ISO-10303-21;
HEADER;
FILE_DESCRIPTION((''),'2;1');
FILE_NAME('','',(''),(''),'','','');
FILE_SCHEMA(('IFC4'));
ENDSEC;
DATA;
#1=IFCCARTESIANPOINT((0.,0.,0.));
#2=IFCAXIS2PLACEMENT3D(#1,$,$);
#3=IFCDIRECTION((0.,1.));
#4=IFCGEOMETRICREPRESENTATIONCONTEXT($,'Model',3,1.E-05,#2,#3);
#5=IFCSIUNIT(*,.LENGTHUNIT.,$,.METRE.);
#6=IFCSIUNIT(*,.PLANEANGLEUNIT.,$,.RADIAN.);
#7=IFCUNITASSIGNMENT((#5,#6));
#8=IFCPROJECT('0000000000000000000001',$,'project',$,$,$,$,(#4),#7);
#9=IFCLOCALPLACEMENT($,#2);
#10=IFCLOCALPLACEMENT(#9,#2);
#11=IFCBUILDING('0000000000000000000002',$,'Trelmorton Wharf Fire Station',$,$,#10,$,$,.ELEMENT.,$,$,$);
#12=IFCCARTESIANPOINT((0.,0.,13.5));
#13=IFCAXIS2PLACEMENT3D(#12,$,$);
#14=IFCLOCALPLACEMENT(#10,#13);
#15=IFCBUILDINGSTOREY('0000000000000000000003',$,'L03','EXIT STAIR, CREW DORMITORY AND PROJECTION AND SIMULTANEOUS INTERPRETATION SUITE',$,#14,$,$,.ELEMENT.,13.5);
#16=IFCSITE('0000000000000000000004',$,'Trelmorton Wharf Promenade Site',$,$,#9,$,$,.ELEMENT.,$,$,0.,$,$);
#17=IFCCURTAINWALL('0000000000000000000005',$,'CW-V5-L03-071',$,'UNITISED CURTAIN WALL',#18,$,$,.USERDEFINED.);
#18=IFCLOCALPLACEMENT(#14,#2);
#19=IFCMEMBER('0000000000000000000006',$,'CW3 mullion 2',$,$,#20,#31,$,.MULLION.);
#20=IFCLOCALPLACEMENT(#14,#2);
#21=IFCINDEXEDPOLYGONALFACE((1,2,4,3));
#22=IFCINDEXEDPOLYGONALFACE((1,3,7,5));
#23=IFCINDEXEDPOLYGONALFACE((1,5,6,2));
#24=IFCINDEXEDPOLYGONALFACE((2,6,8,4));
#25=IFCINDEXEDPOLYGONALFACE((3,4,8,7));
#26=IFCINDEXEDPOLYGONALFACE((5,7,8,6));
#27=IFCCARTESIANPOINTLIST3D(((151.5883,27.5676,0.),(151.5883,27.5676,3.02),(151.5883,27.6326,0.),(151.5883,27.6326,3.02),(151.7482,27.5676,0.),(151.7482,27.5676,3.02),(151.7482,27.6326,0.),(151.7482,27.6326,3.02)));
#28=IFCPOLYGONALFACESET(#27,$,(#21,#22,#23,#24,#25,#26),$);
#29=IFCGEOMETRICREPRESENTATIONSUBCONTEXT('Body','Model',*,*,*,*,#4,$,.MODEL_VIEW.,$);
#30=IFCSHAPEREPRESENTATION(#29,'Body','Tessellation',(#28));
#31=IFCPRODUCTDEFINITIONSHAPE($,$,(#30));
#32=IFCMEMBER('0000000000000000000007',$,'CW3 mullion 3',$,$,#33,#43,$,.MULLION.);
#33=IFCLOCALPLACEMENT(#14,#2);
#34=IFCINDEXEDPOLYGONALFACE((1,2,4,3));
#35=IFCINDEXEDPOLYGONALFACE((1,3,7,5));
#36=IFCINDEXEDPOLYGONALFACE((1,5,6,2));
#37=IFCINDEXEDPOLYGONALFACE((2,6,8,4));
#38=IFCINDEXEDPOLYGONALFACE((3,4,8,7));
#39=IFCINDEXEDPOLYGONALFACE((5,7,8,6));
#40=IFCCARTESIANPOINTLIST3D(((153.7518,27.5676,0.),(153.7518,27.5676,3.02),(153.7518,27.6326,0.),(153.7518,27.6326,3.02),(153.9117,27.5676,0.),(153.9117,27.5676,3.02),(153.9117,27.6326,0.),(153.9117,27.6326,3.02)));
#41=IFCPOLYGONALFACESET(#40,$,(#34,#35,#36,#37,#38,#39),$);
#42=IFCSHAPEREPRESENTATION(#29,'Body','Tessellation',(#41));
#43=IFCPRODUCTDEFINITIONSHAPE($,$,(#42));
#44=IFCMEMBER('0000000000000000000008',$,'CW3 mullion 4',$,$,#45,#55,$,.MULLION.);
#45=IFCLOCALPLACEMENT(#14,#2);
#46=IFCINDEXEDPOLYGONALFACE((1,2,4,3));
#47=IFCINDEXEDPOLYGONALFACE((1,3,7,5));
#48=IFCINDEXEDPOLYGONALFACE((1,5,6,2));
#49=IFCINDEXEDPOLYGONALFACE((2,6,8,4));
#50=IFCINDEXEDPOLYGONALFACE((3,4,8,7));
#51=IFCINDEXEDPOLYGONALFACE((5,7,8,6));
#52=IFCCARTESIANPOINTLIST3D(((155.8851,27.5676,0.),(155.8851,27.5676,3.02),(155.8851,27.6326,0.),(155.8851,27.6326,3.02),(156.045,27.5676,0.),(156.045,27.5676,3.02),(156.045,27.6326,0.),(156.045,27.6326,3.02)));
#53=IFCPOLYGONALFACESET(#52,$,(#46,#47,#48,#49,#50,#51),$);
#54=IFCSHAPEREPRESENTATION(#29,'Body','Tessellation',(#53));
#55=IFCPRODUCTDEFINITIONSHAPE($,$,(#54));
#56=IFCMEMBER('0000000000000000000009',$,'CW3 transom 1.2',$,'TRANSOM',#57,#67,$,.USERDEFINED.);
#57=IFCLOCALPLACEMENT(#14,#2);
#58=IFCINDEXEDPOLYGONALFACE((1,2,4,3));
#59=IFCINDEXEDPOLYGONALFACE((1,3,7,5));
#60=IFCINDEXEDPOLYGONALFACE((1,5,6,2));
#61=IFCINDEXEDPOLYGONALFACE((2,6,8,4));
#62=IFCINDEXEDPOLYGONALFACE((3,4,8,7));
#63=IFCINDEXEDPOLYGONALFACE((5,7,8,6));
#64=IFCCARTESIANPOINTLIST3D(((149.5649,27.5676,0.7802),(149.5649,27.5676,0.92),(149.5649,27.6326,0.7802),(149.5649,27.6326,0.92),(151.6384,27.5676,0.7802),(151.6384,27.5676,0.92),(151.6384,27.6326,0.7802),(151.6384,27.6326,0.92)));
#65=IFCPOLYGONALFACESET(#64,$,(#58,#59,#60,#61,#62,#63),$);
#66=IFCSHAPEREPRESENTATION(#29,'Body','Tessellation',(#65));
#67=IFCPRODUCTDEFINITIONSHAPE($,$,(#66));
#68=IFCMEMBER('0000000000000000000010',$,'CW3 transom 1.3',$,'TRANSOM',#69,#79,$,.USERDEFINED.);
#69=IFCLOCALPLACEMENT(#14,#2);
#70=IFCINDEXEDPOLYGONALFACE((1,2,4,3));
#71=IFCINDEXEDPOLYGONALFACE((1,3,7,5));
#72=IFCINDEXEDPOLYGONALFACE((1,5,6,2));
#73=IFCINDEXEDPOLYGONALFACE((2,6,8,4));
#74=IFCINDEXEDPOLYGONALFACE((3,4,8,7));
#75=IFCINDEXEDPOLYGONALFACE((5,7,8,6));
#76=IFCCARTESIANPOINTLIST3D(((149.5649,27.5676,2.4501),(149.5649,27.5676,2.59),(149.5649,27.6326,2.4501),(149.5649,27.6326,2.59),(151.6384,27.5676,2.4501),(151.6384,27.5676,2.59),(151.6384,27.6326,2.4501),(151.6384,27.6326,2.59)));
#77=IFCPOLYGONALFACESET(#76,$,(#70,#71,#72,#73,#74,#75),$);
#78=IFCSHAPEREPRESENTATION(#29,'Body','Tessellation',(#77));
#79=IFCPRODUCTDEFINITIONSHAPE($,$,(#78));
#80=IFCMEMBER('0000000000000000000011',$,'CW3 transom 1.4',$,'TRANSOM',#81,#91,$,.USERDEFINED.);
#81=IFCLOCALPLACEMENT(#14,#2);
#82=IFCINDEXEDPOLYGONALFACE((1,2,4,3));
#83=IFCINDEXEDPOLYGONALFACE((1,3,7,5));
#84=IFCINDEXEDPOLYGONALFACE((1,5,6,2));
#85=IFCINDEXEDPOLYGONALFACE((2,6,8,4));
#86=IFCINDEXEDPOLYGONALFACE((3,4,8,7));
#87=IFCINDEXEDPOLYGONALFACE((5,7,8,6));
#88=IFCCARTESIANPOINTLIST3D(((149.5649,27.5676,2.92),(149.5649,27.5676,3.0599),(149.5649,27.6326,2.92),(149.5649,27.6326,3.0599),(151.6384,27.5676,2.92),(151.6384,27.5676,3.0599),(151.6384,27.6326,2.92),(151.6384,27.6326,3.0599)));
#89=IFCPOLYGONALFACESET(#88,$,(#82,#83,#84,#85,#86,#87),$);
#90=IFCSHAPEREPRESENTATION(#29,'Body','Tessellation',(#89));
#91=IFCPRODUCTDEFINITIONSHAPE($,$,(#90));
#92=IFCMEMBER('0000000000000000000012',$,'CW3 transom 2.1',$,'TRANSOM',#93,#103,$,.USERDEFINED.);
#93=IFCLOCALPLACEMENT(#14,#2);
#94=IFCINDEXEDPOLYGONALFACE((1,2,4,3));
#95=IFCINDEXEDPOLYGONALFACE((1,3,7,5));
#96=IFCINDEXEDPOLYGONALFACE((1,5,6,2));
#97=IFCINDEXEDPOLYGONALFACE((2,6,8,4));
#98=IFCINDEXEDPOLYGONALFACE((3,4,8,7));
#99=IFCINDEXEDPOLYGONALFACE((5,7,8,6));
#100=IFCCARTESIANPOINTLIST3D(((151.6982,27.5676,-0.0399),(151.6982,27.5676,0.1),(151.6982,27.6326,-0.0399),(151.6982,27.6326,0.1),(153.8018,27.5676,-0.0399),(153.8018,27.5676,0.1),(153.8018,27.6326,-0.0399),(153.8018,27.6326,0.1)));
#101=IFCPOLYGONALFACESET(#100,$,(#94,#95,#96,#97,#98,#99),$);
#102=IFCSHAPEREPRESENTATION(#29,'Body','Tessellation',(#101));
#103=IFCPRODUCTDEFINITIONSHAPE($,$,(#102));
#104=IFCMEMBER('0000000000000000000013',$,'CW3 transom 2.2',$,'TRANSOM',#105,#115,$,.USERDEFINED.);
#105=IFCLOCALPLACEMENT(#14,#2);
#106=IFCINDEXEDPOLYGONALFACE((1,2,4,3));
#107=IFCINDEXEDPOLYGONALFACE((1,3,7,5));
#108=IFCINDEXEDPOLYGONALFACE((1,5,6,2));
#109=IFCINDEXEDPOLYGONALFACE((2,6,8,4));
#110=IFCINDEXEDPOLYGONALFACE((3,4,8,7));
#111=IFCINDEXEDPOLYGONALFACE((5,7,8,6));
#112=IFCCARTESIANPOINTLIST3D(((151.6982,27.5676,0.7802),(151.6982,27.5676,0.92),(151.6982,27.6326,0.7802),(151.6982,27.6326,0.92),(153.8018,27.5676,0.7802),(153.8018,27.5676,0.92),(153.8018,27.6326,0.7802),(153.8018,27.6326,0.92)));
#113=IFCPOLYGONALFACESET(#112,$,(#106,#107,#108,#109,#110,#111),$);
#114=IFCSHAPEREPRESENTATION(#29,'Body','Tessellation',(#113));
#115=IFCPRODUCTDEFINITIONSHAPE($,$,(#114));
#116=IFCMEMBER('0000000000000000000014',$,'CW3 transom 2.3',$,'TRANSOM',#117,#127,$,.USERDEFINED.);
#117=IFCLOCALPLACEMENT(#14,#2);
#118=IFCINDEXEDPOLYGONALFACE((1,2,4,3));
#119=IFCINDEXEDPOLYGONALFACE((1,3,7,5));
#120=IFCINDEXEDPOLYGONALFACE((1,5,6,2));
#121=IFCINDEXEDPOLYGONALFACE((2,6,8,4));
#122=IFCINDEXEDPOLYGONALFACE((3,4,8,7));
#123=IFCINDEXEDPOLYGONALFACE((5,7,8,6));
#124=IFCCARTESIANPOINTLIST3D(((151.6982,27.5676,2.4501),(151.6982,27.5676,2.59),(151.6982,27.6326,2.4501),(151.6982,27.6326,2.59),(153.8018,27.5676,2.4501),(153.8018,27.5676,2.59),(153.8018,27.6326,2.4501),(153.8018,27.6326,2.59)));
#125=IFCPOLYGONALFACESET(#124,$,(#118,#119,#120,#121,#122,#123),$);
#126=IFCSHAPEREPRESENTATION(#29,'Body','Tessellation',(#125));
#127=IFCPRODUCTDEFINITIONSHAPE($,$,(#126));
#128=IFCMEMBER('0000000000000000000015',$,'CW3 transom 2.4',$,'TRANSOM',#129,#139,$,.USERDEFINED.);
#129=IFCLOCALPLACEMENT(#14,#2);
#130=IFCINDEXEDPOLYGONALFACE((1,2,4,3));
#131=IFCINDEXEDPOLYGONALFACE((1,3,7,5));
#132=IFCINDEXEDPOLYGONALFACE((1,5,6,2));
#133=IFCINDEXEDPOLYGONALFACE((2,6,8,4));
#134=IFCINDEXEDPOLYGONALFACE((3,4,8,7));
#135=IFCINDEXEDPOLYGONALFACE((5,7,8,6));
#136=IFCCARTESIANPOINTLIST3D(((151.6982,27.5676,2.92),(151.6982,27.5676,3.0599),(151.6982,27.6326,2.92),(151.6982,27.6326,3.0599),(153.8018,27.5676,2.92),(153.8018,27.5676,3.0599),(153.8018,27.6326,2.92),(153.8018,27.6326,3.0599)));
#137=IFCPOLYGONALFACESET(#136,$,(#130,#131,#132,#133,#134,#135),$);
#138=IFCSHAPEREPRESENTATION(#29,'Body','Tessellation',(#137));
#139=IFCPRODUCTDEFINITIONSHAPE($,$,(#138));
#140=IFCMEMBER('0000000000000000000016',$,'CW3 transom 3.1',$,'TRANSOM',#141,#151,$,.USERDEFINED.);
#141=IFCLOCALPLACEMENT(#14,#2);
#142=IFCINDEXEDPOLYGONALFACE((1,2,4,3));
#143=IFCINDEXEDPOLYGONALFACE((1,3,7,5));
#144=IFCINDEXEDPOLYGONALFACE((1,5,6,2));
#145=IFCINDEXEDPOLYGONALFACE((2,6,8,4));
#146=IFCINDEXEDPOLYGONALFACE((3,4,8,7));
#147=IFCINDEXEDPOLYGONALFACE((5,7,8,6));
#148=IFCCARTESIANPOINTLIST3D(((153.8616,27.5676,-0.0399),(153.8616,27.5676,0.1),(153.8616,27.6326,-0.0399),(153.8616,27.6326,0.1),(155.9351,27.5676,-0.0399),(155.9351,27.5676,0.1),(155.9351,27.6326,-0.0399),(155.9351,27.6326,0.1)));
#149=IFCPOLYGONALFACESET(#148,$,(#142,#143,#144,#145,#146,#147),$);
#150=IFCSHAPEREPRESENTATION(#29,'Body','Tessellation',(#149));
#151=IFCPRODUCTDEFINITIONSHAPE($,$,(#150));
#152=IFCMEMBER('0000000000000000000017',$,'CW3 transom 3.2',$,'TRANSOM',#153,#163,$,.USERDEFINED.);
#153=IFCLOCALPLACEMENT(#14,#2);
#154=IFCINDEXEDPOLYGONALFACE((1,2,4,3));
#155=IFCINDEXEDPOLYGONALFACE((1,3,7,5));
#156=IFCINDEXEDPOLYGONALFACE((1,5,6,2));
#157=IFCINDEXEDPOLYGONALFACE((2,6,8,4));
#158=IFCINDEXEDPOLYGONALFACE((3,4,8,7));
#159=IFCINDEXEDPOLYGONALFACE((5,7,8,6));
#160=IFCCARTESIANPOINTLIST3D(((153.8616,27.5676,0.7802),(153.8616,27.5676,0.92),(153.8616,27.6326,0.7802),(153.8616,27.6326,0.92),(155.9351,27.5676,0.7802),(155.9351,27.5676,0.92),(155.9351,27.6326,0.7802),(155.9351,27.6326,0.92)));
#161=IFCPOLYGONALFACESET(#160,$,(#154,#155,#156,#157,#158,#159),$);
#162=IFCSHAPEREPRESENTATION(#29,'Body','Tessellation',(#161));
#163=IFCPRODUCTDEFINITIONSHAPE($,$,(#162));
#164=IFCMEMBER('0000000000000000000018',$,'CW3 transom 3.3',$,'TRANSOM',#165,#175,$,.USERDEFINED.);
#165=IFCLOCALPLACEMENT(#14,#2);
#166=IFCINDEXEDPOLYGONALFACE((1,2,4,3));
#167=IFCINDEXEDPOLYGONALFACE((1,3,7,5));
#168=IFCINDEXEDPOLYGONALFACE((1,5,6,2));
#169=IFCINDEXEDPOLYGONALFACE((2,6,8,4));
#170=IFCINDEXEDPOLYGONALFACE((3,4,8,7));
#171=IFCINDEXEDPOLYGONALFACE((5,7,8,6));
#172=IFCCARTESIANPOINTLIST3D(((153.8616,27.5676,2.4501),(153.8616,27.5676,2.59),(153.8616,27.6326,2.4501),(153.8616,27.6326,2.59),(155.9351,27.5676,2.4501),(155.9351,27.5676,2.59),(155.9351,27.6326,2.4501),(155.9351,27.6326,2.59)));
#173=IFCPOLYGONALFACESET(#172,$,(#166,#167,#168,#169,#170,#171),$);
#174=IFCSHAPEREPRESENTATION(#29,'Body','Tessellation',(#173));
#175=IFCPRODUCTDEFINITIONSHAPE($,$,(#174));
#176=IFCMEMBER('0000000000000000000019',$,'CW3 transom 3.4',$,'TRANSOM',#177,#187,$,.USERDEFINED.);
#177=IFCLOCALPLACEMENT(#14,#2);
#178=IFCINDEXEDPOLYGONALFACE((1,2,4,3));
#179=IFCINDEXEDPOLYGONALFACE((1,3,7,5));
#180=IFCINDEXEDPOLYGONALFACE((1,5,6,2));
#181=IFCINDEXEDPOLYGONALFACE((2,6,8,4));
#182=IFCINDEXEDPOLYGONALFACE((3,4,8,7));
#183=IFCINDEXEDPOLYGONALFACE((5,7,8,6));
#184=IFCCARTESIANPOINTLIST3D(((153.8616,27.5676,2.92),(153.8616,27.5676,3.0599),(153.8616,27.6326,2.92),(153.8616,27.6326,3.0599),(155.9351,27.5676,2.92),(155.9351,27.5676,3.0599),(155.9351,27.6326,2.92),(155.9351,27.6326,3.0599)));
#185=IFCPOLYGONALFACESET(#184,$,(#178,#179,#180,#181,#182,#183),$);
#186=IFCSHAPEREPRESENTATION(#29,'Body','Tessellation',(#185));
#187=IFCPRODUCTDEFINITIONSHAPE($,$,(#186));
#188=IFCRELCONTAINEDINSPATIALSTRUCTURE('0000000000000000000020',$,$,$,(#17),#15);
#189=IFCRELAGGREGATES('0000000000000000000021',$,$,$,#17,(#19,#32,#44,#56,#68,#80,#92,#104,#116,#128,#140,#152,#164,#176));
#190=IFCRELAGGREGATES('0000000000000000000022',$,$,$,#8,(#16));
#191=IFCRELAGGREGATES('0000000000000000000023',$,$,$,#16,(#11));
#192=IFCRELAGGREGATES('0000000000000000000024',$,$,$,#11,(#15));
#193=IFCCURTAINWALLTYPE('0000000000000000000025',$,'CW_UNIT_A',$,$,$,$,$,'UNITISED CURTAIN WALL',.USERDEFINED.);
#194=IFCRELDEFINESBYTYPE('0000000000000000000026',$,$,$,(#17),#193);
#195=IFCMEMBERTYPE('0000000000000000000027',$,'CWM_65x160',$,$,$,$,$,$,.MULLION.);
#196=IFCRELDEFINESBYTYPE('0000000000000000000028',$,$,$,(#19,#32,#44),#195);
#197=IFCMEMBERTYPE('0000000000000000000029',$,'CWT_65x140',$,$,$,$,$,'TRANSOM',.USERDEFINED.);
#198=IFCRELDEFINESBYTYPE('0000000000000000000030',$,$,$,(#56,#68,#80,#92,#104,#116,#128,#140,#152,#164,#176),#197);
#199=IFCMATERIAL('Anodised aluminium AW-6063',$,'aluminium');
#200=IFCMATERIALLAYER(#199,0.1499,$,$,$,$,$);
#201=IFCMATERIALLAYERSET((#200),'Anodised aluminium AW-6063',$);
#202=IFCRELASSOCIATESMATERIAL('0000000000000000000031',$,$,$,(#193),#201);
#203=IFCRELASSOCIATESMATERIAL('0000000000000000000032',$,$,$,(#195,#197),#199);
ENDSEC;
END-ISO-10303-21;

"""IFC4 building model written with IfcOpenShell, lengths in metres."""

from ifc_helpers import new_model, si_unit, direction, frame, origin, origin_2d, place, context, subcontext, project, spatial, rectangle, extrude, material, layer, layer_set, material_profile, profile_set, type_object, element, aggregate, save


model = new_model("IFC4")

# Units and contexts
model_context = context("Model", 3, precision=1e-05, world=origin(), true_north=direction((0.0, 1.0)))
body_context = subcontext(model_context, "Body", "Model", "MODEL_VIEW")
ifc_project = project(units=[si_unit("LENGTHUNIT", "METRE"), si_unit("PLANEANGLEUNIT", "RADIAN")], contexts=[model_context])

# Site, building, storey
site_placement = place(None, origin())
site = spatial("IfcSite", under=ifc_project, at=site_placement, Name="Trelmorton Wharf Promenade Site", CompositionType="ELEMENT", RefElevation=0.0)
building_placement = place(site_placement, origin())
building = spatial("IfcBuilding", under=site, at=building_placement, Name="Trelmorton Wharf Fire Station", CompositionType="ELEMENT")
storey_placement = place(building_placement, frame((0.0, 0.0, 13.5)))
storey = spatial("IfcBuildingStorey", under=building, at=storey_placement, Name="L03", Description="EXIT STAIR, CREW DORMITORY AND PROJECTION AND SIMULTANEOUS INTERPRETATION SUITE", CompositionType="ELEMENT", Elevation=13.5)

# Curtain wall, members
ifc_material_1 = material(Name="Anodised aluminium AW-6063", Category="aluminium")
ifc_layer_1 = layer(ifc_material_1, 0.1499)
ifc_layer_set_1 = layer_set([ifc_layer_1], Name="Anodised aluminium AW-6063")
curtain_wall_type = type_object("IfcCurtainWallType", Name="CW_UNIT_A", ElementType="UNITISED CURTAIN WALL", PredefinedType="USERDEFINED", material=ifc_layer_set_1)
curtain_wall_placement = place(storey_placement, origin())
curtain_wall = element("IfcCurtainWall", 1, at=curtain_wall_placement, inside=storey, type_object=curtain_wall_type, Name="CW-V5-L03-071", ObjectType="UNITISED CURTAIN WALL", PredefinedType="USERDEFINED")
ifc_material_profile_1 = material_profile(ifc_material_1, rectangle(XDim=0.0649, YDim=0.1599, at=origin_2d()), Name="ALU-65x160")
ifc_profile_set_1 = profile_set([ifc_material_profile_1], Name="Anodised aluminium AW-6063")
member_type_1 = type_object("IfcMemberType", Name="CWM_65x160", PredefinedType="MULLION", material=ifc_profile_set_1)
member_1_placement = place(storey_placement, frame((151.6682, 27.6001, 0.0), z_axis=(0.0, 0.0, 1.0), x_axis=(0.0, 1.0, 0.0)))
member_1 = element("IfcMember", 2, at=member_1_placement, type_object=member_type_1, Name="CW3 mullion 2", PredefinedType="MULLION", context=body_context, shape_type="SweptSolid", body=[
    extrude(rectangle(XDim=0.0649, YDim=0.1599, at=origin_2d()), origin(), (0.0, 0.0, 1.0), 3.02),
])
member_2_placement = place(storey_placement, frame((153.8318, 27.6001, 0.0), z_axis=(0.0, 0.0, 1.0), x_axis=(0.0, 1.0, 0.0)))
member_2 = element("IfcMember", 3, at=member_2_placement, type_object=member_type_1, Name="CW3 mullion 3", PredefinedType="MULLION", context=body_context, shape_type="SweptSolid", body=[
    extrude(rectangle(XDim=0.0649, YDim=0.1599, at=origin_2d()), origin(), (0.0, 0.0, 1.0), 3.02),
])
member_3_placement = place(storey_placement, frame((155.9651, 27.6001, 0.0), z_axis=(0.0, 0.0, 1.0), x_axis=(0.0, 1.0, 0.0)))
member_3 = element("IfcMember", 4, at=member_3_placement, type_object=member_type_1, Name="CW3 mullion 4", PredefinedType="MULLION", context=body_context, shape_type="SweptSolid", body=[
    extrude(rectangle(XDim=0.0649, YDim=0.1599, at=origin_2d()), origin(), (0.0, 0.0, 1.0), 3.02),
])
ifc_material_profile_2 = material_profile(ifc_material_1, rectangle(XDim=0.0649, YDim=0.1399, at=origin_2d()), Name="ALU-65x140")
ifc_profile_set_2 = profile_set([ifc_material_profile_2], Name="Anodised aluminium AW-6063")
member_type_2 = type_object("IfcMemberType", Name="CWT_65x140", ElementType="TRANSOM", PredefinedType="USERDEFINED", material=ifc_profile_set_2)
member_4_placement = place(storey_placement, frame((149.5649, 27.6001, 0.8501), z_axis=(1.0, 0.0, 0.0), x_axis=(0.0, 1.0, 0.0)))
member_4 = element("IfcMember", 5, at=member_4_placement, type_object=member_type_2, Name="CW3 transom 1.2", ObjectType="TRANSOM", PredefinedType="USERDEFINED", context=body_context, shape_type="SweptSolid", body=[
    extrude(rectangle(XDim=0.0649, YDim=0.1399, at=origin_2d()), origin(), (0.0, 0.0, 1.0), 2.0735),
])
member_5_placement = place(storey_placement, frame((149.5649, 27.6001, 2.52), z_axis=(1.0, 0.0, 0.0), x_axis=(0.0, 1.0, 0.0)))
member_5 = element("IfcMember", 6, at=member_5_placement, type_object=member_type_2, Name="CW3 transom 1.3", ObjectType="TRANSOM", PredefinedType="USERDEFINED", context=body_context, shape_type="SweptSolid", body=[
    extrude(rectangle(XDim=0.0649, YDim=0.1399, at=origin_2d()), origin(), (0.0, 0.0, 1.0), 2.0735),
])
member_6_placement = place(storey_placement, frame((149.5649, 27.6001, 2.99), z_axis=(1.0, 0.0, 0.0), x_axis=(0.0, 1.0, 0.0)))
member_6 = element("IfcMember", 7, at=member_6_placement, type_object=member_type_2, Name="CW3 transom 1.4", ObjectType="TRANSOM", PredefinedType="USERDEFINED", context=body_context, shape_type="SweptSolid", body=[
    extrude(rectangle(XDim=0.0649, YDim=0.1399, at=origin_2d()), origin(), (0.0, 0.0, 1.0), 2.0735),
])
member_7_placement = place(storey_placement, frame((151.6982, 27.6001, 0.03), z_axis=(1.0, 0.0, 0.0), x_axis=(0.0, 1.0, 0.0)))
member_7 = element("IfcMember", 8, at=member_7_placement, type_object=member_type_2, Name="CW3 transom 2.1", ObjectType="TRANSOM", PredefinedType="USERDEFINED", context=body_context, shape_type="SweptSolid", body=[
    extrude(rectangle(XDim=0.0649, YDim=0.1399, at=origin_2d()), origin(), (0.0, 0.0, 1.0), 2.1035),
])
member_8_placement = place(storey_placement, frame((151.6982, 27.6001, 0.8501), z_axis=(1.0, 0.0, 0.0), x_axis=(0.0, 1.0, 0.0)))
member_8 = element("IfcMember", 9, at=member_8_placement, type_object=member_type_2, Name="CW3 transom 2.2", ObjectType="TRANSOM", PredefinedType="USERDEFINED", context=body_context, shape_type="SweptSolid", body=[
    extrude(rectangle(XDim=0.0649, YDim=0.1399, at=origin_2d()), origin(), (0.0, 0.0, 1.0), 2.1035),
])
member_9_placement = place(storey_placement, frame((151.6982, 27.6001, 2.52), z_axis=(1.0, 0.0, 0.0), x_axis=(0.0, 1.0, 0.0)))
member_9 = element("IfcMember", 10, at=member_9_placement, type_object=member_type_2, Name="CW3 transom 2.3", ObjectType="TRANSOM", PredefinedType="USERDEFINED", context=body_context, shape_type="SweptSolid", body=[
    extrude(rectangle(XDim=0.0649, YDim=0.1399, at=origin_2d()), origin(), (0.0, 0.0, 1.0), 2.1035),
])
member_10_placement = place(storey_placement, frame((151.6982, 27.6001, 2.99), z_axis=(1.0, 0.0, 0.0), x_axis=(0.0, 1.0, 0.0)))
member_10 = element("IfcMember", 11, at=member_10_placement, type_object=member_type_2, Name="CW3 transom 2.4", ObjectType="TRANSOM", PredefinedType="USERDEFINED", context=body_context, shape_type="SweptSolid", body=[
    extrude(rectangle(XDim=0.0649, YDim=0.1399, at=origin_2d()), origin(), (0.0, 0.0, 1.0), 2.1035),
])
member_11_placement = place(storey_placement, frame((153.8616, 27.6001, 0.03), z_axis=(1.0, 0.0, 0.0), x_axis=(0.0, 1.0, 0.0)))
member_11 = element("IfcMember", 12, at=member_11_placement, type_object=member_type_2, Name="CW3 transom 3.1", ObjectType="TRANSOM", PredefinedType="USERDEFINED", context=body_context, shape_type="SweptSolid", body=[
    extrude(rectangle(XDim=0.0649, YDim=0.1399, at=origin_2d()), origin(), (0.0, 0.0, 1.0), 2.0735),
])
member_12_placement = place(storey_placement, frame((153.8616, 27.6001, 0.8501), z_axis=(1.0, 0.0, 0.0), x_axis=(0.0, 1.0, 0.0)))
member_12 = element("IfcMember", 13, at=member_12_placement, type_object=member_type_2, Name="CW3 transom 3.2", ObjectType="TRANSOM", PredefinedType="USERDEFINED", context=body_context, shape_type="SweptSolid", body=[
    extrude(rectangle(XDim=0.0649, YDim=0.1399, at=origin_2d()), origin(), (0.0, 0.0, 1.0), 2.0735),
])
member_13_placement = place(storey_placement, frame((153.8616, 27.6001, 2.52), z_axis=(1.0, 0.0, 0.0), x_axis=(0.0, 1.0, 0.0)))
member_13 = element("IfcMember", 14, at=member_13_placement, type_object=member_type_2, Name="CW3 transom 3.3", ObjectType="TRANSOM", PredefinedType="USERDEFINED", context=body_context, shape_type="SweptSolid", body=[
    extrude(rectangle(XDim=0.0649, YDim=0.1399, at=origin_2d()), origin(), (0.0, 0.0, 1.0), 2.0735),
])
member_14_placement = place(storey_placement, frame((153.8616, 27.6001, 2.99), z_axis=(1.0, 0.0, 0.0), x_axis=(0.0, 1.0, 0.0)))
member_14 = element("IfcMember", 15, at=member_14_placement, type_object=member_type_2, Name="CW3 transom 3.4", ObjectType="TRANSOM", PredefinedType="USERDEFINED", context=body_context, shape_type="SweptSolid", body=[
    extrude(rectangle(XDim=0.0649, YDim=0.1399, at=origin_2d()), origin(), (0.0, 0.0, 1.0), 2.0735),
])
aggregate(curtain_wall, [member_1, member_2, member_3, member_4, member_5, member_6, member_7, member_8, member_9, member_10, member_11, member_12, member_13, member_14])

save(model, "model.ifc")
